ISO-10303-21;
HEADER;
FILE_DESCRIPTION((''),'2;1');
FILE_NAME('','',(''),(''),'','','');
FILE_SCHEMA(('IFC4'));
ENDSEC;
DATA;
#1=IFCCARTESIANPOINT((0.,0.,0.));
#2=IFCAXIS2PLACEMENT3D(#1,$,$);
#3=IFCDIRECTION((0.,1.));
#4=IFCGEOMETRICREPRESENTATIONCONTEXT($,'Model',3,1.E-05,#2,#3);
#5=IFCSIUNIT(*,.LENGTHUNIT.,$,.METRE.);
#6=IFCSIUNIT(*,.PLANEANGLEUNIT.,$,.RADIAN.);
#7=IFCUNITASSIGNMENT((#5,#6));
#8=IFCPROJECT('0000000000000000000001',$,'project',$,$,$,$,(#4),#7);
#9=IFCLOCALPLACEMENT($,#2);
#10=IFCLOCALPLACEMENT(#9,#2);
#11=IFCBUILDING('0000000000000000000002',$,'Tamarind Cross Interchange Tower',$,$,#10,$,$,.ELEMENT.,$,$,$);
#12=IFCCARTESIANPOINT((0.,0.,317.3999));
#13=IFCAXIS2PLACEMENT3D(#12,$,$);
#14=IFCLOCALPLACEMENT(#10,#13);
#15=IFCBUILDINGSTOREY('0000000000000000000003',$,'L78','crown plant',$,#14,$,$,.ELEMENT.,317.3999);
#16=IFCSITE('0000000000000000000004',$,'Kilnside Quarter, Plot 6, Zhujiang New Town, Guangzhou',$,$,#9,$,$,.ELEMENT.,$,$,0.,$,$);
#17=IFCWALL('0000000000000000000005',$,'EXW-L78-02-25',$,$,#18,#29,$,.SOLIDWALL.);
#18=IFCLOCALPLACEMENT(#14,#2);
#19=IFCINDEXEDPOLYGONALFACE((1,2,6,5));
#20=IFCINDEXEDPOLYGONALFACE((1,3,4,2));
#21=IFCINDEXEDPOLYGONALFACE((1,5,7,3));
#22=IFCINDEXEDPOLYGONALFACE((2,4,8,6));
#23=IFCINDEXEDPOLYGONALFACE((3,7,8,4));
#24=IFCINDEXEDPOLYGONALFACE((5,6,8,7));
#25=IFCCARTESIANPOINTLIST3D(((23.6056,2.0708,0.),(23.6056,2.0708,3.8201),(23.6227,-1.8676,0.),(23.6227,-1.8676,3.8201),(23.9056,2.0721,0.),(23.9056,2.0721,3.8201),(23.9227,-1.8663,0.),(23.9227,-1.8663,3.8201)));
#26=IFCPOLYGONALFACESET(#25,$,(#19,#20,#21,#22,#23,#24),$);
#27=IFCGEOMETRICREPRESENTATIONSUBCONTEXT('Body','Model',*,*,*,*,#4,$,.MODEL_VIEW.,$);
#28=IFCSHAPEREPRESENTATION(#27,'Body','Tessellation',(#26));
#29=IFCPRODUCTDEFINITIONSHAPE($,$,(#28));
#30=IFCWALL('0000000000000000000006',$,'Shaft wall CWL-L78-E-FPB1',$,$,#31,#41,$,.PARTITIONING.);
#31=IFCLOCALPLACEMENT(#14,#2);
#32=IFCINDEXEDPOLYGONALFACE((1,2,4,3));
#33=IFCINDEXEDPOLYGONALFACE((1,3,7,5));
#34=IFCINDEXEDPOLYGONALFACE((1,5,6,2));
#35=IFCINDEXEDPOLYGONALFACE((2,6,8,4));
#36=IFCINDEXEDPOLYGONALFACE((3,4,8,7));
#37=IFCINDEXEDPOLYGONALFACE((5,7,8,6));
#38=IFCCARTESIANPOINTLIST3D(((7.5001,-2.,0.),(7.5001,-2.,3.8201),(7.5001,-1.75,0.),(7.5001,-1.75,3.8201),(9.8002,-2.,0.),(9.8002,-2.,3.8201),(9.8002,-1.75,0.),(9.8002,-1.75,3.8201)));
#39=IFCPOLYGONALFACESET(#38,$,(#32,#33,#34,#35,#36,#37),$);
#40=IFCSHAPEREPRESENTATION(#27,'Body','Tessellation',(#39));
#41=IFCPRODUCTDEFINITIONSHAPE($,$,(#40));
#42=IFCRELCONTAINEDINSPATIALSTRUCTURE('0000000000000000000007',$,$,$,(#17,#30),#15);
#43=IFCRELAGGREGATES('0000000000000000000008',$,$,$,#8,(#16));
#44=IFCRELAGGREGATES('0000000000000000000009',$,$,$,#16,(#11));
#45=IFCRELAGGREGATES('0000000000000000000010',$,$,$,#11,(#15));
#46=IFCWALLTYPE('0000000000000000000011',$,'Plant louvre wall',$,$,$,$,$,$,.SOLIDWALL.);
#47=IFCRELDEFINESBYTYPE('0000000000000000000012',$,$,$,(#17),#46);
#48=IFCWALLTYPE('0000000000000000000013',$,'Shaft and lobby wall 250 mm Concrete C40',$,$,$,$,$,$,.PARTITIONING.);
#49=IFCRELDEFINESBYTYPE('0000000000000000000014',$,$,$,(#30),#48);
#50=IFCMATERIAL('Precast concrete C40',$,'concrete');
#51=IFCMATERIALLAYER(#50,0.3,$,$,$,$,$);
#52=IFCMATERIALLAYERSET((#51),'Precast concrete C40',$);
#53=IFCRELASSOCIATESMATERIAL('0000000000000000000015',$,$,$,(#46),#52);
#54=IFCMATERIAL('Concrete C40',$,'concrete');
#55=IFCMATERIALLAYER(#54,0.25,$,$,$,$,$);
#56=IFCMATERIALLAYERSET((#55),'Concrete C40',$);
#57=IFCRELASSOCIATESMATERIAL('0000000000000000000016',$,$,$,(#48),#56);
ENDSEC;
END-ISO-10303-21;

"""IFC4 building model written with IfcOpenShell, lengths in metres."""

from ifc_helpers import new_model, si_unit, direction, frame, frame_2d, origin, place, context, subcontext, project, spatial, rectangle, extrude, material, layer, layer_set, type_object, element, save


model = new_model("IFC4")

# Units and contexts
model_context = context("Model", 3, precision=1e-05, world=origin(), true_north=direction((0.0, 1.0)))
body_context = subcontext(model_context, "Body", "Model", "MODEL_VIEW")
ifc_project = project(units=[si_unit("LENGTHUNIT", "METRE"), si_unit("PLANEANGLEUNIT", "RADIAN")], contexts=[model_context])

# Site, building, storey
site_placement = place(None, origin())
site = spatial("IfcSite", under=ifc_project, at=site_placement, Name="Kilnside Quarter, Plot 6, Zhujiang New Town, Guangzhou", CompositionType="ELEMENT", RefElevation=0.0)
building_placement = place(site_placement, origin())
building = spatial("IfcBuilding", under=site, at=building_placement, Name="Tamarind Cross Interchange Tower", CompositionType="ELEMENT")
storey_placement = place(building_placement, frame((0.0, 0.0, 317.3999)))
storey = spatial("IfcBuildingStorey", under=building, at=storey_placement, Name="L78", Description="crown plant", CompositionType="ELEMENT", Elevation=317.3999)

# Walls
ifc_material_1 = material(Name="Precast concrete C40", Category="concrete")
ifc_layer_1 = layer(ifc_material_1, 0.3)
ifc_layer_set_1 = layer_set([ifc_layer_1], Name="Precast concrete C40")
wall_type_1 = type_object("IfcWallType", Name="Plant louvre wall", PredefinedType="SOLIDWALL", material=ifc_layer_set_1)
wall_1_placement = place(storey_placement, frame((23.7727, -1.8669, 0.0), z_axis=(0.0, 0.0, 1.0), x_axis=(-0.004339, 0.999991, 0.0)))
element("IfcWall", 1, at=wall_1_placement, inside=storey, type_object=wall_type_1, Name="EXW-L78-02-25", PredefinedType="SOLIDWALL", context=body_context, shape_type="SweptSolid", body=[
    extrude(rectangle(XDim=3.9385, YDim=0.3, at=frame_2d((1.9692, 0.0))), origin(), (0.0, 0.0, 1.0), 3.8201),
])
ifc_material_2 = material(Name="Concrete C40", Category="concrete")
ifc_layer_2 = layer(ifc_material_2, 0.25)
ifc_layer_set_2 = layer_set([ifc_layer_2], Name="Concrete C40")
wall_type_2 = type_object("IfcWallType", Name="Shaft and lobby wall 250 mm Concrete C40", PredefinedType="PARTITIONING", material=ifc_layer_set_2)
wall_2_placement = place(storey_placement, frame((9.8, -1.875, 0.0), z_axis=(0.0, 0.0, 1.0), x_axis=(-1.0, 0.0, 0.0)))
element("IfcWall", 2, at=wall_2_placement, inside=storey, type_object=wall_type_2, Name="Shaft wall CWL-L78-E-FPB1", PredefinedType="PARTITIONING", context=body_context, shape_type="SweptSolid", body=[
    extrude(rectangle(XDim=2.3, YDim=0.25, at=frame_2d((1.1499, 0.0))), origin(), (0.0, 0.0, 1.0), 3.8201),
])

save(model, "model.ifc")
